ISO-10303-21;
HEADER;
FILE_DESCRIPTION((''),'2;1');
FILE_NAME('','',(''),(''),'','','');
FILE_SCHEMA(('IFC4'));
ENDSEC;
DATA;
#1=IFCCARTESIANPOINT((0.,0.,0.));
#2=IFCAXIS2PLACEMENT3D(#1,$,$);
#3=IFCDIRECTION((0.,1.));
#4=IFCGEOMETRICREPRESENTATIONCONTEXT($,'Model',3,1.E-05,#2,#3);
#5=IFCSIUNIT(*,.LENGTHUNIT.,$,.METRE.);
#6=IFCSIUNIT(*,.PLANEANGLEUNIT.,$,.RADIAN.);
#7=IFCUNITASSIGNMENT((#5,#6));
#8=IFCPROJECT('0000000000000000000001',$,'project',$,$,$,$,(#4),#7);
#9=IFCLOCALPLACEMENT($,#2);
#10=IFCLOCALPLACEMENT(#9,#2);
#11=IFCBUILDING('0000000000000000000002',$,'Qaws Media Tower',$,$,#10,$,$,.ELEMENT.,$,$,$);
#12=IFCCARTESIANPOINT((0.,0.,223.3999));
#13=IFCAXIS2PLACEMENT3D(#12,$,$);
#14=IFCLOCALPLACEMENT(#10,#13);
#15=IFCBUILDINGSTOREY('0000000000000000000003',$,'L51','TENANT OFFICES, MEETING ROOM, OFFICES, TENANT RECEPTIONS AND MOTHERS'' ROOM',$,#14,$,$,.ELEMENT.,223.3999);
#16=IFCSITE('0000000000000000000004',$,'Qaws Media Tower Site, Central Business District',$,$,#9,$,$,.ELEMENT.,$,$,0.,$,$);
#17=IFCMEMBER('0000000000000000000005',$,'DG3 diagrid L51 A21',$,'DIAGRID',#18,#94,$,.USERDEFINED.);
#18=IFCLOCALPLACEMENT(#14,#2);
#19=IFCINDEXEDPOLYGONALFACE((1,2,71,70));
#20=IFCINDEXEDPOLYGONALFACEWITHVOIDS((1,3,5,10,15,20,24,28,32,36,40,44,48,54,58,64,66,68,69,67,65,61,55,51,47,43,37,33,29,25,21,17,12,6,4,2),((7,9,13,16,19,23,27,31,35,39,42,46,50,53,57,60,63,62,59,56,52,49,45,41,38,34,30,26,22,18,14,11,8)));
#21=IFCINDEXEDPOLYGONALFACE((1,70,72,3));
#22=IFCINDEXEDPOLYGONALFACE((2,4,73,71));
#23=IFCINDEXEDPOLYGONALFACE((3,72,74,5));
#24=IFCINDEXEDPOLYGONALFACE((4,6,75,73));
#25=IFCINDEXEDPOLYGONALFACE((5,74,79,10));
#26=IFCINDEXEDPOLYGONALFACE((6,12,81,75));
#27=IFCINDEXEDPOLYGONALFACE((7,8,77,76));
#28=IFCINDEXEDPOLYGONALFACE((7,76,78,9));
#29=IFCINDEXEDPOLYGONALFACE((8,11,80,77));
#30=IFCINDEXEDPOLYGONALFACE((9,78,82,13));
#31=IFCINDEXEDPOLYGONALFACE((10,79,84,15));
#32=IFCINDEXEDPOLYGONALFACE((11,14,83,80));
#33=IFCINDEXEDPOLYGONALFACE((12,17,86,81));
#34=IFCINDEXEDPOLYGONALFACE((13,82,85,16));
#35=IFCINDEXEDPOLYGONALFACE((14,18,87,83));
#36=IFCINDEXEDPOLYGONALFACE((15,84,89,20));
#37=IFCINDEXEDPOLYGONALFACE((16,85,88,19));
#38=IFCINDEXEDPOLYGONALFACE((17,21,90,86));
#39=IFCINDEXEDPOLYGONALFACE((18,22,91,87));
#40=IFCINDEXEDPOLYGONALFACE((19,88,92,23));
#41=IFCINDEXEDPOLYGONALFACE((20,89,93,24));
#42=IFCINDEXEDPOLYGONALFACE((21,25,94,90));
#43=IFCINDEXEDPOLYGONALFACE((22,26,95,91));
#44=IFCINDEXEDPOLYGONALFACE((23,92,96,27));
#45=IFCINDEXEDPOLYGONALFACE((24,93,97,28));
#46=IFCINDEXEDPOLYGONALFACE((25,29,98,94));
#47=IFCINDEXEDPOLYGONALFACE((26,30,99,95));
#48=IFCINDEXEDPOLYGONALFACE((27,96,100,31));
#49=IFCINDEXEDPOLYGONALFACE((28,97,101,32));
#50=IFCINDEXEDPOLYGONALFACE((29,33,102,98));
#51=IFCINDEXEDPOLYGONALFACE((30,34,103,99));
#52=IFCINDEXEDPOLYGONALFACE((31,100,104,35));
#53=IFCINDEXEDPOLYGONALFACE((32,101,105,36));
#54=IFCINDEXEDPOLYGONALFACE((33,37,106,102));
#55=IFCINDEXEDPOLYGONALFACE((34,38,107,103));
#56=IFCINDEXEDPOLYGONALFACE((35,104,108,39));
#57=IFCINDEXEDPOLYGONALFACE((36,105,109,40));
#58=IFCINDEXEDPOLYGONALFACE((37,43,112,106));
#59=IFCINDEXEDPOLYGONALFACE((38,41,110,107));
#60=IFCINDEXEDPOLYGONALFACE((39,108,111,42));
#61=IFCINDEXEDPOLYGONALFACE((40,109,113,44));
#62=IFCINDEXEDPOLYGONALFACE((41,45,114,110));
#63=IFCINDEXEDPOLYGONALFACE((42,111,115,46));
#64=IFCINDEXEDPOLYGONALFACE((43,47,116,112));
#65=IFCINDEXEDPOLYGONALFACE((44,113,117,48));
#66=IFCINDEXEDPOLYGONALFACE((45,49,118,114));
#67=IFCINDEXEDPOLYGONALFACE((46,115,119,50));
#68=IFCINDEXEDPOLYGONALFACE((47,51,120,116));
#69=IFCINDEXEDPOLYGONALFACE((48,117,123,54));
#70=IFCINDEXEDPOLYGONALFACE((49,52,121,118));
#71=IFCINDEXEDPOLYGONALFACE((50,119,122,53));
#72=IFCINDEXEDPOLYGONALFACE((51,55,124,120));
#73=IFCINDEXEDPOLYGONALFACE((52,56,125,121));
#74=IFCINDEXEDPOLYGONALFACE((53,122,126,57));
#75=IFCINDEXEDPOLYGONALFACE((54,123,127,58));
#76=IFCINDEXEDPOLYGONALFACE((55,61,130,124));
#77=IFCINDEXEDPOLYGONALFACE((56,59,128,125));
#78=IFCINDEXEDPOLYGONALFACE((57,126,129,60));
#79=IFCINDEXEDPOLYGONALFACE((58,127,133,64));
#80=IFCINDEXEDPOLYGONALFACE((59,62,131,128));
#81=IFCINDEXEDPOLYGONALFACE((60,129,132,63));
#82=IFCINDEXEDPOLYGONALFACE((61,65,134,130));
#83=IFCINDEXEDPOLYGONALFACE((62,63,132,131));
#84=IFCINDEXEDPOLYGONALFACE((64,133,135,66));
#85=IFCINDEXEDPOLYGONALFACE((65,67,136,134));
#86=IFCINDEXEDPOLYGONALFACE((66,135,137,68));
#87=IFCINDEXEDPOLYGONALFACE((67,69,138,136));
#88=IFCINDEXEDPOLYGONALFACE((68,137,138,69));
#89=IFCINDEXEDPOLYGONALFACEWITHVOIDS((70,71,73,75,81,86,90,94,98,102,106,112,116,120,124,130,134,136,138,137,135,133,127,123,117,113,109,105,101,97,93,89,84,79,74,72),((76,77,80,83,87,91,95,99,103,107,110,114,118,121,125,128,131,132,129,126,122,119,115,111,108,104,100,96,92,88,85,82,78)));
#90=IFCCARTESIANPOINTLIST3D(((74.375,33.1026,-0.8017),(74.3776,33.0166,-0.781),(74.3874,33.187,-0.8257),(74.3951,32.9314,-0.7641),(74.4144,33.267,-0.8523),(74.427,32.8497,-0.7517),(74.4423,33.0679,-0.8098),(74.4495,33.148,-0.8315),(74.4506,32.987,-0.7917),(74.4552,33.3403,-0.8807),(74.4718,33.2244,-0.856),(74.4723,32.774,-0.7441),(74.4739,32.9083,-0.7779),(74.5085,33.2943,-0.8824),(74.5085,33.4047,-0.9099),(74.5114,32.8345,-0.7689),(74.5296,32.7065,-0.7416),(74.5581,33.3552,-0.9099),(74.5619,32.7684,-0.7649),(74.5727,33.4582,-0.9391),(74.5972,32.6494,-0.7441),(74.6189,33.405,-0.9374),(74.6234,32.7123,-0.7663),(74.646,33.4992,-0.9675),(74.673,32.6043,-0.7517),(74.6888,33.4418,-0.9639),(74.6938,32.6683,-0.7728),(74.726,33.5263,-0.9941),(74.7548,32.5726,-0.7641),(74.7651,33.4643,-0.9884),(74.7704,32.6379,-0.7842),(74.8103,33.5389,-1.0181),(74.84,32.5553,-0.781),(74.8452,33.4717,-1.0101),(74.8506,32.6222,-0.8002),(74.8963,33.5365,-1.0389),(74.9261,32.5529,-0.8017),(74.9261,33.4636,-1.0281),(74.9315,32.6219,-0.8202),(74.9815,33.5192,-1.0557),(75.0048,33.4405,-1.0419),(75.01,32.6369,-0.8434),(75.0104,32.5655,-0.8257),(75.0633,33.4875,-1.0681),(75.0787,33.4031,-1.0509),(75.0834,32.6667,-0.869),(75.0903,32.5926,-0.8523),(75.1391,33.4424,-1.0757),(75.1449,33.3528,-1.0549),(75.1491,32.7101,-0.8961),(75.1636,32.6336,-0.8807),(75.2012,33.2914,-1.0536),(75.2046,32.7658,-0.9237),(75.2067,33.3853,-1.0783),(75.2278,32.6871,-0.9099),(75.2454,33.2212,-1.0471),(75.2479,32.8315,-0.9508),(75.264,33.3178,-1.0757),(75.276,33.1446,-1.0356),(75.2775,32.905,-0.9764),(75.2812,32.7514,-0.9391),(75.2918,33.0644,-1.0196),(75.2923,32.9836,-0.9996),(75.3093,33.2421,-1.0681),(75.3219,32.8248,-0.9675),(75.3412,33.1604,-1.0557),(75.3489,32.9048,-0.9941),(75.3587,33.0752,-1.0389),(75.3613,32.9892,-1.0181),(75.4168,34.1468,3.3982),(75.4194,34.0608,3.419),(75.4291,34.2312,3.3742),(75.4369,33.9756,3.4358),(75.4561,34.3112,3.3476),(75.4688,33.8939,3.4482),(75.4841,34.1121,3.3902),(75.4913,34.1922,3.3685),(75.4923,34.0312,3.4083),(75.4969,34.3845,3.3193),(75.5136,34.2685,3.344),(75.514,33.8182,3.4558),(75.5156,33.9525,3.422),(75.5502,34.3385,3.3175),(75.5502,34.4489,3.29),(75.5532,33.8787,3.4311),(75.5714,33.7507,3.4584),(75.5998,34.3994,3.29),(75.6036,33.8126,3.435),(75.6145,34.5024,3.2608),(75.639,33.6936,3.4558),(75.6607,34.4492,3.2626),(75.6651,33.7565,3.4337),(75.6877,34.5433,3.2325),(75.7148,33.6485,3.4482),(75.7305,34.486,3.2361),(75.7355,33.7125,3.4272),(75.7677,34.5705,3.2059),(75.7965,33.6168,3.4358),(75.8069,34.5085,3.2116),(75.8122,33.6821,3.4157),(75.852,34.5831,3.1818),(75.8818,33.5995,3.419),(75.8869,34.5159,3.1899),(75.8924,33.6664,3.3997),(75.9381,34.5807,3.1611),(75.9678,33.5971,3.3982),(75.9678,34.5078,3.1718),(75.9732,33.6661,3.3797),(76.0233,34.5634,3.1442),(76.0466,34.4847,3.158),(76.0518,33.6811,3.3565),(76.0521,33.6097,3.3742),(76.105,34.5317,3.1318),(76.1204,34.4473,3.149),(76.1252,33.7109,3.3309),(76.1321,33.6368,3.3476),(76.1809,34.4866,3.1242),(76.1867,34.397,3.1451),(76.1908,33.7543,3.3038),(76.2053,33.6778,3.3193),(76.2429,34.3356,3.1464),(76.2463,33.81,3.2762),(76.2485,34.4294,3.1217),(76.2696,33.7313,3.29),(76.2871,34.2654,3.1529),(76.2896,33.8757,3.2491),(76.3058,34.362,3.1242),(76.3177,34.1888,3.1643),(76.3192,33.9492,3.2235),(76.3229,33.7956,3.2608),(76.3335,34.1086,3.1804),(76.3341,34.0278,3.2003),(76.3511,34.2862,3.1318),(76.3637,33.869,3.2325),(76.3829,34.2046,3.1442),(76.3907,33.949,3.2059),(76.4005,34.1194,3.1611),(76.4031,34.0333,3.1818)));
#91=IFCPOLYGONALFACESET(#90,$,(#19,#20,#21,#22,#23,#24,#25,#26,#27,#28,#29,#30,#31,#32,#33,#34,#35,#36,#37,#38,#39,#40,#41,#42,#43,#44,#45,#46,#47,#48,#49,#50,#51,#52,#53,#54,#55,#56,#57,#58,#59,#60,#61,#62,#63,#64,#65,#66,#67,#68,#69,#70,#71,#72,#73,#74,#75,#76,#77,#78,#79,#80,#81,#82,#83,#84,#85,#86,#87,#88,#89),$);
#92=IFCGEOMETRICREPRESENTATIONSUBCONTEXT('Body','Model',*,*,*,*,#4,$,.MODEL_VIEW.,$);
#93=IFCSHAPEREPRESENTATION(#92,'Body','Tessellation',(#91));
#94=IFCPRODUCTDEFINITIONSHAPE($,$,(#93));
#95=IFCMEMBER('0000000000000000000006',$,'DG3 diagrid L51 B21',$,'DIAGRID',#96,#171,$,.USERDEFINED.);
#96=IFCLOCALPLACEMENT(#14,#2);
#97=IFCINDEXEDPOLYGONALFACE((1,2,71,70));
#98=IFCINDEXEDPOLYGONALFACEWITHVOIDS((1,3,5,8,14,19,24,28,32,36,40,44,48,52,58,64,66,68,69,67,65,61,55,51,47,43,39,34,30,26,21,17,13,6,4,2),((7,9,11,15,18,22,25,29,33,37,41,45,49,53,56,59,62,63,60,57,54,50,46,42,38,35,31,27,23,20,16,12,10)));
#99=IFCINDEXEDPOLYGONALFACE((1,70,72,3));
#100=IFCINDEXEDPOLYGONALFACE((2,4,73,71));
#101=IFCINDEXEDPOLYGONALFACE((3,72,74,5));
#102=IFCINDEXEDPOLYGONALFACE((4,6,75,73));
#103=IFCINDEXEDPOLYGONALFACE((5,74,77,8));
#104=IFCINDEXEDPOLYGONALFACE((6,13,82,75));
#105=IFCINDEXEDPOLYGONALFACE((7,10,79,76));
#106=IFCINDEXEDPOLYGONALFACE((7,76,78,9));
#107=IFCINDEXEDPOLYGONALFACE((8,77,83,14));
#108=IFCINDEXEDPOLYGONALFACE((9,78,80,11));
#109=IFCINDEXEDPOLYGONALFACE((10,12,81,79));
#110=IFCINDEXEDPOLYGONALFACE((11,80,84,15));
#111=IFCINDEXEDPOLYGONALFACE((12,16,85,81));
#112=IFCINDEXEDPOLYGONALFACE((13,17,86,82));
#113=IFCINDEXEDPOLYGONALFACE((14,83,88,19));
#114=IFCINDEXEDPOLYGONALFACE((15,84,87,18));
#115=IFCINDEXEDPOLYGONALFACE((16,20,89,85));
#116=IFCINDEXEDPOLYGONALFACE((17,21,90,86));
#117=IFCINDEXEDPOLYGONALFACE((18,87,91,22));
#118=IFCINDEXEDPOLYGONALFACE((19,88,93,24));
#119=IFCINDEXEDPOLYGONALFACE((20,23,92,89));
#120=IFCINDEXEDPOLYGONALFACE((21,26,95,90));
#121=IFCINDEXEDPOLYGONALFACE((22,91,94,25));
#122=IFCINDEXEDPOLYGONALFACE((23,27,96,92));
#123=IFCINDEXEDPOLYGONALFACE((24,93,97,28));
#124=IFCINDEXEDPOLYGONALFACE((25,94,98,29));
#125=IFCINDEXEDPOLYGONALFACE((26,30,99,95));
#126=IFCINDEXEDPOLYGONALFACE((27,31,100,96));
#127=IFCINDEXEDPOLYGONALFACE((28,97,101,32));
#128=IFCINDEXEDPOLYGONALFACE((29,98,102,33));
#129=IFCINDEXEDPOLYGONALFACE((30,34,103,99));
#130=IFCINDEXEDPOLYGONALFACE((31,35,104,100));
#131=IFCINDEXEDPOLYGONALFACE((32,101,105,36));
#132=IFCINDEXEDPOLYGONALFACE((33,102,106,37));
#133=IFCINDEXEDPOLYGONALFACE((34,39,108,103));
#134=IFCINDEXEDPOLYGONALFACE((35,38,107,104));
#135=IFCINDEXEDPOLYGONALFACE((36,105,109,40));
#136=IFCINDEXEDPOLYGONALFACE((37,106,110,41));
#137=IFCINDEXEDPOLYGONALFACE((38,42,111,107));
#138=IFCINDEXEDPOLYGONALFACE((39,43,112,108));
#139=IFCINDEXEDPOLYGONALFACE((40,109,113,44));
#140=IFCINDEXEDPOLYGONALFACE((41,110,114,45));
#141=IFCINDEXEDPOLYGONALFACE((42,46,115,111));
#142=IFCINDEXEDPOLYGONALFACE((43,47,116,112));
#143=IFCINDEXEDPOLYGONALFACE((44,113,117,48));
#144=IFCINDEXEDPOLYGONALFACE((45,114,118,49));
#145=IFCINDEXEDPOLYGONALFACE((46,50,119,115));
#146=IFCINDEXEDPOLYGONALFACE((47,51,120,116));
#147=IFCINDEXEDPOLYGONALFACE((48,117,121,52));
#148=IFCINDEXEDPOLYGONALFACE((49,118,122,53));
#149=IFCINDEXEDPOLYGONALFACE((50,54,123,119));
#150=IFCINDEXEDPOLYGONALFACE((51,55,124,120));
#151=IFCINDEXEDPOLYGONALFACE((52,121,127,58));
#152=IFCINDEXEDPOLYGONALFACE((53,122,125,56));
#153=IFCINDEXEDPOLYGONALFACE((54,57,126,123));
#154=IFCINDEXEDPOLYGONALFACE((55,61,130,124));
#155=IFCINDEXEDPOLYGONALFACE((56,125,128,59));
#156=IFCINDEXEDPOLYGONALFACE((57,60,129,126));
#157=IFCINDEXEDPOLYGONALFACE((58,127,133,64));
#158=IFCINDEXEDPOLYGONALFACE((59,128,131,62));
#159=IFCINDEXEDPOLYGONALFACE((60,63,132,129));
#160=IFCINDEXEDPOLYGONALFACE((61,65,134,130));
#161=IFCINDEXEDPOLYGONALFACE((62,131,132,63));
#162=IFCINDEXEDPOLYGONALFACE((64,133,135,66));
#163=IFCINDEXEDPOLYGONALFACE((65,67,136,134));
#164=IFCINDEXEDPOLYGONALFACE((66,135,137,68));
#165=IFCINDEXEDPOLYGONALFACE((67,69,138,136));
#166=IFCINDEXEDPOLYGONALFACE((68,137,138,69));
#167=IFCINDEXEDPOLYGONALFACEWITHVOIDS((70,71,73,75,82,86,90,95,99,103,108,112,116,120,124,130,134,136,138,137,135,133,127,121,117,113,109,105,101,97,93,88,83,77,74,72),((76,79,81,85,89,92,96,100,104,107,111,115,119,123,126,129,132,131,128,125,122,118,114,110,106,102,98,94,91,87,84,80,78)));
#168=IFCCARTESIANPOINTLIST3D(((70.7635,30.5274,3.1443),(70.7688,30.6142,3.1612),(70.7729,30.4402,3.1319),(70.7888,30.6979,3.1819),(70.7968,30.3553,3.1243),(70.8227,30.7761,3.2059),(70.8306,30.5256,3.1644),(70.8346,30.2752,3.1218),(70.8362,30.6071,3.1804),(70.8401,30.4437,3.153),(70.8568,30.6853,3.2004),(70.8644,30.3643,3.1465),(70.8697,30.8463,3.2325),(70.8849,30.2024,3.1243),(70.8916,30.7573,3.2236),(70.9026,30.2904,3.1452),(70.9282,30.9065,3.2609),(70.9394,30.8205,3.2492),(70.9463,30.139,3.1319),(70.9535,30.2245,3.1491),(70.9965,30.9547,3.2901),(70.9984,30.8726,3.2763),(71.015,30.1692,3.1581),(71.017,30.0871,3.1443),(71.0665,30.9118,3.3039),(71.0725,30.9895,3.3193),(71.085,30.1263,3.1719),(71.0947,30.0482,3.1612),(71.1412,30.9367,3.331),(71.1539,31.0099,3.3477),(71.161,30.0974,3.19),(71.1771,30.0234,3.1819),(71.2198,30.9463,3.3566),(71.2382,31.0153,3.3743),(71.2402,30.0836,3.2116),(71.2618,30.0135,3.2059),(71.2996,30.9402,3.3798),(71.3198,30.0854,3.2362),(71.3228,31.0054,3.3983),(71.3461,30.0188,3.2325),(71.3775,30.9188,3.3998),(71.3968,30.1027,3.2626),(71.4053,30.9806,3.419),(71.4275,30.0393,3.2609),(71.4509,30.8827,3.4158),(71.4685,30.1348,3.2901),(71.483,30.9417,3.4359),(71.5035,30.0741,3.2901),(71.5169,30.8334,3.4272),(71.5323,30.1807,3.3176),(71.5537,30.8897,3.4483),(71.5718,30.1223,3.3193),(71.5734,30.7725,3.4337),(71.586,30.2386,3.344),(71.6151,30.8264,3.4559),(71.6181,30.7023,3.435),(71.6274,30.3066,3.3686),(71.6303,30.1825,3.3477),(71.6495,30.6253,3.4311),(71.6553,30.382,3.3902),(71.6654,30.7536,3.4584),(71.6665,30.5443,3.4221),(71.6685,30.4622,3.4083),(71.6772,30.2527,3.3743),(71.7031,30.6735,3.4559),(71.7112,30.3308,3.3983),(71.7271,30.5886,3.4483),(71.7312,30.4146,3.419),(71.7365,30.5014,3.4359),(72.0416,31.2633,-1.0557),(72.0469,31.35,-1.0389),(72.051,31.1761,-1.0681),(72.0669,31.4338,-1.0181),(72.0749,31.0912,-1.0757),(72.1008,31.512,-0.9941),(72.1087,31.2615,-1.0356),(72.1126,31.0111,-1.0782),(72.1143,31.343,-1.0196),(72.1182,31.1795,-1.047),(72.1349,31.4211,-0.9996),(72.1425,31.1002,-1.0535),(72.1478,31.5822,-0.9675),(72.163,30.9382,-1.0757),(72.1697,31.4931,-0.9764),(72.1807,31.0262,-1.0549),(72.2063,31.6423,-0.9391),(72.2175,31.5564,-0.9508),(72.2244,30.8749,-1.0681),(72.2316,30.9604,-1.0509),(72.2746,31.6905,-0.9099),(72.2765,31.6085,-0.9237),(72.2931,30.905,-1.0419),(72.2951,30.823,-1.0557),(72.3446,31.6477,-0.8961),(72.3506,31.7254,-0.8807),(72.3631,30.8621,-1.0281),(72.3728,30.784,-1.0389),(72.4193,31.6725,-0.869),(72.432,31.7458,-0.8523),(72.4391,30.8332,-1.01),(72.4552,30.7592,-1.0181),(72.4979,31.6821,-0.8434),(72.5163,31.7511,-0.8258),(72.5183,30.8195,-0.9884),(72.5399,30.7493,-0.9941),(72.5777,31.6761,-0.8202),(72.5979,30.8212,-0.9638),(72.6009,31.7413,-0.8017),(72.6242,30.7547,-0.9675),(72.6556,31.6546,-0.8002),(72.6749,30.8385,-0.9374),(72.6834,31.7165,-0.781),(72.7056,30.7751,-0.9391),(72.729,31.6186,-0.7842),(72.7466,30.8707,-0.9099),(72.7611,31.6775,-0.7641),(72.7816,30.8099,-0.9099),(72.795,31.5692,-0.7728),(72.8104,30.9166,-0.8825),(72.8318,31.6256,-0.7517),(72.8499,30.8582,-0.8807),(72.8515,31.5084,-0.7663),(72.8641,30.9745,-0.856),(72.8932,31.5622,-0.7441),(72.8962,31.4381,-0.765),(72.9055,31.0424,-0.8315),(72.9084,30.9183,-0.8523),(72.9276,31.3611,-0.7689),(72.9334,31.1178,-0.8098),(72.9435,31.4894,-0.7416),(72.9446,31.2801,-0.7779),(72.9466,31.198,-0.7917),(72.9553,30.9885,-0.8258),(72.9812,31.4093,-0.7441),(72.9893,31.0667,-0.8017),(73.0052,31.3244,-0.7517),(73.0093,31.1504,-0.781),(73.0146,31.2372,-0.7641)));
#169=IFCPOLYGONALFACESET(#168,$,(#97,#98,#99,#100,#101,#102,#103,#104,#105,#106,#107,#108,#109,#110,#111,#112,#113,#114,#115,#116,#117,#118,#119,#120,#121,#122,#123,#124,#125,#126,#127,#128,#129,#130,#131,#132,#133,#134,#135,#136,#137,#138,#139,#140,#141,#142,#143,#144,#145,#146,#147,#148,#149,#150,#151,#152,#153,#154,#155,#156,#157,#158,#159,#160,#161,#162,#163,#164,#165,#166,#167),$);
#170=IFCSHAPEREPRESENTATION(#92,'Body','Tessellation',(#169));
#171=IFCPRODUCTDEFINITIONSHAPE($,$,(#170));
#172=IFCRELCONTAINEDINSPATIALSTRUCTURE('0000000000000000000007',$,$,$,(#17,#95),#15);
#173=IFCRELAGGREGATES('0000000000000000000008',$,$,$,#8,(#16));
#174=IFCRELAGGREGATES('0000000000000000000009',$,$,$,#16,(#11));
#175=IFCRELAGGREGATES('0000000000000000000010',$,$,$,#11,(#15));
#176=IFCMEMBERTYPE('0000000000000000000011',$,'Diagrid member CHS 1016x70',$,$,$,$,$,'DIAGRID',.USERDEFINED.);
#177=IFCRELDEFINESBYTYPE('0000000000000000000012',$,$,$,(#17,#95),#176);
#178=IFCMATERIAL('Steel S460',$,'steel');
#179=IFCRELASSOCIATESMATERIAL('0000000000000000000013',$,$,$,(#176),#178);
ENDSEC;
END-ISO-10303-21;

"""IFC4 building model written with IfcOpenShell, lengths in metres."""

from ifc_helpers import new_model, si_unit, direction, frame, origin, origin_2d, place, context, subcontext, project, spatial, hollow_circle, extrude, material, material_profile, profile_set, type_object, element, save


model = new_model("IFC4")

# Units and contexts
model_context = context("Model", 3, precision=1e-05, world=origin(), true_north=direction((0.0, 1.0)))
body_context = subcontext(model_context, "Body", "Model", "MODEL_VIEW")
ifc_project = project(units=[si_unit("LENGTHUNIT", "METRE"), si_unit("PLANEANGLEUNIT", "RADIAN")], contexts=[model_context])

# Site, building, storey
site_placement = place(None, origin())
site = spatial("IfcSite", under=ifc_project, at=site_placement, Name="Qaws Media Tower Site, Central Business District", CompositionType="ELEMENT", RefElevation=0.0)
building_placement = place(site_placement, origin())
building = spatial("IfcBuilding", under=site, at=building_placement, Name="Qaws Media Tower", CompositionType="ELEMENT")
storey_placement = place(building_placement, frame((0.0, 0.0, 223.3999)))
storey = spatial("IfcBuildingStorey", under=building, at=storey_placement, Name="L51", Description="TENANT OFFICES, MEETING ROOM, OFFICES, TENANT RECEPTIONS AND MOTHERS' ROOM", CompositionType="ELEMENT", Elevation=223.3999)

# Members
ifc_material_1 = material(Name="Steel S460", Category="steel")
ifc_material_profile_1 = material_profile(ifc_material_1, hollow_circle(Radius=0.5081, WallThickness=0.0701, at=origin_2d()), Name="CHS 1016x70")
ifc_profile_set_1 = profile_set([ifc_material_profile_1], Name="Steel S460")
member_type_1 = type_object("IfcMemberType", Name="Diagrid member CHS 1016x70", ElementType="DIAGRID", PredefinedType="USERDEFINED", material=ifc_profile_set_1)
for number, where, z_axis, x_axis, name in (
    (1, (74.8682, 33.0459, -0.9099), (0.234026, 0.234574, 0.943508), (-0.707934, 0.706279, 0.0), "DG3 diagrid L51 A21"),
    (2, (72.5281, 31.2502, -0.9099), (-0.287121, -0.165307, 0.943523), (0.498953, -0.866629, 0.0), "DG3 diagrid L51 B21"),
):
    element("IfcMember", number, at=place(storey_placement, frame(where, z_axis=z_axis, x_axis=x_axis)), inside=storey, type_object=member_type_1, Name=name, ObjectType="DIAGRID", PredefinedType="USERDEFINED", context=body_context, shape_type="SweptSolid", body=[
        extrude(hollow_circle(Radius=0.5081, WallThickness=0.0701, at=origin_2d()), origin(), (0.0, 0.0, 1.0), 4.4514),
    ])

save(model, "model.ifc")
